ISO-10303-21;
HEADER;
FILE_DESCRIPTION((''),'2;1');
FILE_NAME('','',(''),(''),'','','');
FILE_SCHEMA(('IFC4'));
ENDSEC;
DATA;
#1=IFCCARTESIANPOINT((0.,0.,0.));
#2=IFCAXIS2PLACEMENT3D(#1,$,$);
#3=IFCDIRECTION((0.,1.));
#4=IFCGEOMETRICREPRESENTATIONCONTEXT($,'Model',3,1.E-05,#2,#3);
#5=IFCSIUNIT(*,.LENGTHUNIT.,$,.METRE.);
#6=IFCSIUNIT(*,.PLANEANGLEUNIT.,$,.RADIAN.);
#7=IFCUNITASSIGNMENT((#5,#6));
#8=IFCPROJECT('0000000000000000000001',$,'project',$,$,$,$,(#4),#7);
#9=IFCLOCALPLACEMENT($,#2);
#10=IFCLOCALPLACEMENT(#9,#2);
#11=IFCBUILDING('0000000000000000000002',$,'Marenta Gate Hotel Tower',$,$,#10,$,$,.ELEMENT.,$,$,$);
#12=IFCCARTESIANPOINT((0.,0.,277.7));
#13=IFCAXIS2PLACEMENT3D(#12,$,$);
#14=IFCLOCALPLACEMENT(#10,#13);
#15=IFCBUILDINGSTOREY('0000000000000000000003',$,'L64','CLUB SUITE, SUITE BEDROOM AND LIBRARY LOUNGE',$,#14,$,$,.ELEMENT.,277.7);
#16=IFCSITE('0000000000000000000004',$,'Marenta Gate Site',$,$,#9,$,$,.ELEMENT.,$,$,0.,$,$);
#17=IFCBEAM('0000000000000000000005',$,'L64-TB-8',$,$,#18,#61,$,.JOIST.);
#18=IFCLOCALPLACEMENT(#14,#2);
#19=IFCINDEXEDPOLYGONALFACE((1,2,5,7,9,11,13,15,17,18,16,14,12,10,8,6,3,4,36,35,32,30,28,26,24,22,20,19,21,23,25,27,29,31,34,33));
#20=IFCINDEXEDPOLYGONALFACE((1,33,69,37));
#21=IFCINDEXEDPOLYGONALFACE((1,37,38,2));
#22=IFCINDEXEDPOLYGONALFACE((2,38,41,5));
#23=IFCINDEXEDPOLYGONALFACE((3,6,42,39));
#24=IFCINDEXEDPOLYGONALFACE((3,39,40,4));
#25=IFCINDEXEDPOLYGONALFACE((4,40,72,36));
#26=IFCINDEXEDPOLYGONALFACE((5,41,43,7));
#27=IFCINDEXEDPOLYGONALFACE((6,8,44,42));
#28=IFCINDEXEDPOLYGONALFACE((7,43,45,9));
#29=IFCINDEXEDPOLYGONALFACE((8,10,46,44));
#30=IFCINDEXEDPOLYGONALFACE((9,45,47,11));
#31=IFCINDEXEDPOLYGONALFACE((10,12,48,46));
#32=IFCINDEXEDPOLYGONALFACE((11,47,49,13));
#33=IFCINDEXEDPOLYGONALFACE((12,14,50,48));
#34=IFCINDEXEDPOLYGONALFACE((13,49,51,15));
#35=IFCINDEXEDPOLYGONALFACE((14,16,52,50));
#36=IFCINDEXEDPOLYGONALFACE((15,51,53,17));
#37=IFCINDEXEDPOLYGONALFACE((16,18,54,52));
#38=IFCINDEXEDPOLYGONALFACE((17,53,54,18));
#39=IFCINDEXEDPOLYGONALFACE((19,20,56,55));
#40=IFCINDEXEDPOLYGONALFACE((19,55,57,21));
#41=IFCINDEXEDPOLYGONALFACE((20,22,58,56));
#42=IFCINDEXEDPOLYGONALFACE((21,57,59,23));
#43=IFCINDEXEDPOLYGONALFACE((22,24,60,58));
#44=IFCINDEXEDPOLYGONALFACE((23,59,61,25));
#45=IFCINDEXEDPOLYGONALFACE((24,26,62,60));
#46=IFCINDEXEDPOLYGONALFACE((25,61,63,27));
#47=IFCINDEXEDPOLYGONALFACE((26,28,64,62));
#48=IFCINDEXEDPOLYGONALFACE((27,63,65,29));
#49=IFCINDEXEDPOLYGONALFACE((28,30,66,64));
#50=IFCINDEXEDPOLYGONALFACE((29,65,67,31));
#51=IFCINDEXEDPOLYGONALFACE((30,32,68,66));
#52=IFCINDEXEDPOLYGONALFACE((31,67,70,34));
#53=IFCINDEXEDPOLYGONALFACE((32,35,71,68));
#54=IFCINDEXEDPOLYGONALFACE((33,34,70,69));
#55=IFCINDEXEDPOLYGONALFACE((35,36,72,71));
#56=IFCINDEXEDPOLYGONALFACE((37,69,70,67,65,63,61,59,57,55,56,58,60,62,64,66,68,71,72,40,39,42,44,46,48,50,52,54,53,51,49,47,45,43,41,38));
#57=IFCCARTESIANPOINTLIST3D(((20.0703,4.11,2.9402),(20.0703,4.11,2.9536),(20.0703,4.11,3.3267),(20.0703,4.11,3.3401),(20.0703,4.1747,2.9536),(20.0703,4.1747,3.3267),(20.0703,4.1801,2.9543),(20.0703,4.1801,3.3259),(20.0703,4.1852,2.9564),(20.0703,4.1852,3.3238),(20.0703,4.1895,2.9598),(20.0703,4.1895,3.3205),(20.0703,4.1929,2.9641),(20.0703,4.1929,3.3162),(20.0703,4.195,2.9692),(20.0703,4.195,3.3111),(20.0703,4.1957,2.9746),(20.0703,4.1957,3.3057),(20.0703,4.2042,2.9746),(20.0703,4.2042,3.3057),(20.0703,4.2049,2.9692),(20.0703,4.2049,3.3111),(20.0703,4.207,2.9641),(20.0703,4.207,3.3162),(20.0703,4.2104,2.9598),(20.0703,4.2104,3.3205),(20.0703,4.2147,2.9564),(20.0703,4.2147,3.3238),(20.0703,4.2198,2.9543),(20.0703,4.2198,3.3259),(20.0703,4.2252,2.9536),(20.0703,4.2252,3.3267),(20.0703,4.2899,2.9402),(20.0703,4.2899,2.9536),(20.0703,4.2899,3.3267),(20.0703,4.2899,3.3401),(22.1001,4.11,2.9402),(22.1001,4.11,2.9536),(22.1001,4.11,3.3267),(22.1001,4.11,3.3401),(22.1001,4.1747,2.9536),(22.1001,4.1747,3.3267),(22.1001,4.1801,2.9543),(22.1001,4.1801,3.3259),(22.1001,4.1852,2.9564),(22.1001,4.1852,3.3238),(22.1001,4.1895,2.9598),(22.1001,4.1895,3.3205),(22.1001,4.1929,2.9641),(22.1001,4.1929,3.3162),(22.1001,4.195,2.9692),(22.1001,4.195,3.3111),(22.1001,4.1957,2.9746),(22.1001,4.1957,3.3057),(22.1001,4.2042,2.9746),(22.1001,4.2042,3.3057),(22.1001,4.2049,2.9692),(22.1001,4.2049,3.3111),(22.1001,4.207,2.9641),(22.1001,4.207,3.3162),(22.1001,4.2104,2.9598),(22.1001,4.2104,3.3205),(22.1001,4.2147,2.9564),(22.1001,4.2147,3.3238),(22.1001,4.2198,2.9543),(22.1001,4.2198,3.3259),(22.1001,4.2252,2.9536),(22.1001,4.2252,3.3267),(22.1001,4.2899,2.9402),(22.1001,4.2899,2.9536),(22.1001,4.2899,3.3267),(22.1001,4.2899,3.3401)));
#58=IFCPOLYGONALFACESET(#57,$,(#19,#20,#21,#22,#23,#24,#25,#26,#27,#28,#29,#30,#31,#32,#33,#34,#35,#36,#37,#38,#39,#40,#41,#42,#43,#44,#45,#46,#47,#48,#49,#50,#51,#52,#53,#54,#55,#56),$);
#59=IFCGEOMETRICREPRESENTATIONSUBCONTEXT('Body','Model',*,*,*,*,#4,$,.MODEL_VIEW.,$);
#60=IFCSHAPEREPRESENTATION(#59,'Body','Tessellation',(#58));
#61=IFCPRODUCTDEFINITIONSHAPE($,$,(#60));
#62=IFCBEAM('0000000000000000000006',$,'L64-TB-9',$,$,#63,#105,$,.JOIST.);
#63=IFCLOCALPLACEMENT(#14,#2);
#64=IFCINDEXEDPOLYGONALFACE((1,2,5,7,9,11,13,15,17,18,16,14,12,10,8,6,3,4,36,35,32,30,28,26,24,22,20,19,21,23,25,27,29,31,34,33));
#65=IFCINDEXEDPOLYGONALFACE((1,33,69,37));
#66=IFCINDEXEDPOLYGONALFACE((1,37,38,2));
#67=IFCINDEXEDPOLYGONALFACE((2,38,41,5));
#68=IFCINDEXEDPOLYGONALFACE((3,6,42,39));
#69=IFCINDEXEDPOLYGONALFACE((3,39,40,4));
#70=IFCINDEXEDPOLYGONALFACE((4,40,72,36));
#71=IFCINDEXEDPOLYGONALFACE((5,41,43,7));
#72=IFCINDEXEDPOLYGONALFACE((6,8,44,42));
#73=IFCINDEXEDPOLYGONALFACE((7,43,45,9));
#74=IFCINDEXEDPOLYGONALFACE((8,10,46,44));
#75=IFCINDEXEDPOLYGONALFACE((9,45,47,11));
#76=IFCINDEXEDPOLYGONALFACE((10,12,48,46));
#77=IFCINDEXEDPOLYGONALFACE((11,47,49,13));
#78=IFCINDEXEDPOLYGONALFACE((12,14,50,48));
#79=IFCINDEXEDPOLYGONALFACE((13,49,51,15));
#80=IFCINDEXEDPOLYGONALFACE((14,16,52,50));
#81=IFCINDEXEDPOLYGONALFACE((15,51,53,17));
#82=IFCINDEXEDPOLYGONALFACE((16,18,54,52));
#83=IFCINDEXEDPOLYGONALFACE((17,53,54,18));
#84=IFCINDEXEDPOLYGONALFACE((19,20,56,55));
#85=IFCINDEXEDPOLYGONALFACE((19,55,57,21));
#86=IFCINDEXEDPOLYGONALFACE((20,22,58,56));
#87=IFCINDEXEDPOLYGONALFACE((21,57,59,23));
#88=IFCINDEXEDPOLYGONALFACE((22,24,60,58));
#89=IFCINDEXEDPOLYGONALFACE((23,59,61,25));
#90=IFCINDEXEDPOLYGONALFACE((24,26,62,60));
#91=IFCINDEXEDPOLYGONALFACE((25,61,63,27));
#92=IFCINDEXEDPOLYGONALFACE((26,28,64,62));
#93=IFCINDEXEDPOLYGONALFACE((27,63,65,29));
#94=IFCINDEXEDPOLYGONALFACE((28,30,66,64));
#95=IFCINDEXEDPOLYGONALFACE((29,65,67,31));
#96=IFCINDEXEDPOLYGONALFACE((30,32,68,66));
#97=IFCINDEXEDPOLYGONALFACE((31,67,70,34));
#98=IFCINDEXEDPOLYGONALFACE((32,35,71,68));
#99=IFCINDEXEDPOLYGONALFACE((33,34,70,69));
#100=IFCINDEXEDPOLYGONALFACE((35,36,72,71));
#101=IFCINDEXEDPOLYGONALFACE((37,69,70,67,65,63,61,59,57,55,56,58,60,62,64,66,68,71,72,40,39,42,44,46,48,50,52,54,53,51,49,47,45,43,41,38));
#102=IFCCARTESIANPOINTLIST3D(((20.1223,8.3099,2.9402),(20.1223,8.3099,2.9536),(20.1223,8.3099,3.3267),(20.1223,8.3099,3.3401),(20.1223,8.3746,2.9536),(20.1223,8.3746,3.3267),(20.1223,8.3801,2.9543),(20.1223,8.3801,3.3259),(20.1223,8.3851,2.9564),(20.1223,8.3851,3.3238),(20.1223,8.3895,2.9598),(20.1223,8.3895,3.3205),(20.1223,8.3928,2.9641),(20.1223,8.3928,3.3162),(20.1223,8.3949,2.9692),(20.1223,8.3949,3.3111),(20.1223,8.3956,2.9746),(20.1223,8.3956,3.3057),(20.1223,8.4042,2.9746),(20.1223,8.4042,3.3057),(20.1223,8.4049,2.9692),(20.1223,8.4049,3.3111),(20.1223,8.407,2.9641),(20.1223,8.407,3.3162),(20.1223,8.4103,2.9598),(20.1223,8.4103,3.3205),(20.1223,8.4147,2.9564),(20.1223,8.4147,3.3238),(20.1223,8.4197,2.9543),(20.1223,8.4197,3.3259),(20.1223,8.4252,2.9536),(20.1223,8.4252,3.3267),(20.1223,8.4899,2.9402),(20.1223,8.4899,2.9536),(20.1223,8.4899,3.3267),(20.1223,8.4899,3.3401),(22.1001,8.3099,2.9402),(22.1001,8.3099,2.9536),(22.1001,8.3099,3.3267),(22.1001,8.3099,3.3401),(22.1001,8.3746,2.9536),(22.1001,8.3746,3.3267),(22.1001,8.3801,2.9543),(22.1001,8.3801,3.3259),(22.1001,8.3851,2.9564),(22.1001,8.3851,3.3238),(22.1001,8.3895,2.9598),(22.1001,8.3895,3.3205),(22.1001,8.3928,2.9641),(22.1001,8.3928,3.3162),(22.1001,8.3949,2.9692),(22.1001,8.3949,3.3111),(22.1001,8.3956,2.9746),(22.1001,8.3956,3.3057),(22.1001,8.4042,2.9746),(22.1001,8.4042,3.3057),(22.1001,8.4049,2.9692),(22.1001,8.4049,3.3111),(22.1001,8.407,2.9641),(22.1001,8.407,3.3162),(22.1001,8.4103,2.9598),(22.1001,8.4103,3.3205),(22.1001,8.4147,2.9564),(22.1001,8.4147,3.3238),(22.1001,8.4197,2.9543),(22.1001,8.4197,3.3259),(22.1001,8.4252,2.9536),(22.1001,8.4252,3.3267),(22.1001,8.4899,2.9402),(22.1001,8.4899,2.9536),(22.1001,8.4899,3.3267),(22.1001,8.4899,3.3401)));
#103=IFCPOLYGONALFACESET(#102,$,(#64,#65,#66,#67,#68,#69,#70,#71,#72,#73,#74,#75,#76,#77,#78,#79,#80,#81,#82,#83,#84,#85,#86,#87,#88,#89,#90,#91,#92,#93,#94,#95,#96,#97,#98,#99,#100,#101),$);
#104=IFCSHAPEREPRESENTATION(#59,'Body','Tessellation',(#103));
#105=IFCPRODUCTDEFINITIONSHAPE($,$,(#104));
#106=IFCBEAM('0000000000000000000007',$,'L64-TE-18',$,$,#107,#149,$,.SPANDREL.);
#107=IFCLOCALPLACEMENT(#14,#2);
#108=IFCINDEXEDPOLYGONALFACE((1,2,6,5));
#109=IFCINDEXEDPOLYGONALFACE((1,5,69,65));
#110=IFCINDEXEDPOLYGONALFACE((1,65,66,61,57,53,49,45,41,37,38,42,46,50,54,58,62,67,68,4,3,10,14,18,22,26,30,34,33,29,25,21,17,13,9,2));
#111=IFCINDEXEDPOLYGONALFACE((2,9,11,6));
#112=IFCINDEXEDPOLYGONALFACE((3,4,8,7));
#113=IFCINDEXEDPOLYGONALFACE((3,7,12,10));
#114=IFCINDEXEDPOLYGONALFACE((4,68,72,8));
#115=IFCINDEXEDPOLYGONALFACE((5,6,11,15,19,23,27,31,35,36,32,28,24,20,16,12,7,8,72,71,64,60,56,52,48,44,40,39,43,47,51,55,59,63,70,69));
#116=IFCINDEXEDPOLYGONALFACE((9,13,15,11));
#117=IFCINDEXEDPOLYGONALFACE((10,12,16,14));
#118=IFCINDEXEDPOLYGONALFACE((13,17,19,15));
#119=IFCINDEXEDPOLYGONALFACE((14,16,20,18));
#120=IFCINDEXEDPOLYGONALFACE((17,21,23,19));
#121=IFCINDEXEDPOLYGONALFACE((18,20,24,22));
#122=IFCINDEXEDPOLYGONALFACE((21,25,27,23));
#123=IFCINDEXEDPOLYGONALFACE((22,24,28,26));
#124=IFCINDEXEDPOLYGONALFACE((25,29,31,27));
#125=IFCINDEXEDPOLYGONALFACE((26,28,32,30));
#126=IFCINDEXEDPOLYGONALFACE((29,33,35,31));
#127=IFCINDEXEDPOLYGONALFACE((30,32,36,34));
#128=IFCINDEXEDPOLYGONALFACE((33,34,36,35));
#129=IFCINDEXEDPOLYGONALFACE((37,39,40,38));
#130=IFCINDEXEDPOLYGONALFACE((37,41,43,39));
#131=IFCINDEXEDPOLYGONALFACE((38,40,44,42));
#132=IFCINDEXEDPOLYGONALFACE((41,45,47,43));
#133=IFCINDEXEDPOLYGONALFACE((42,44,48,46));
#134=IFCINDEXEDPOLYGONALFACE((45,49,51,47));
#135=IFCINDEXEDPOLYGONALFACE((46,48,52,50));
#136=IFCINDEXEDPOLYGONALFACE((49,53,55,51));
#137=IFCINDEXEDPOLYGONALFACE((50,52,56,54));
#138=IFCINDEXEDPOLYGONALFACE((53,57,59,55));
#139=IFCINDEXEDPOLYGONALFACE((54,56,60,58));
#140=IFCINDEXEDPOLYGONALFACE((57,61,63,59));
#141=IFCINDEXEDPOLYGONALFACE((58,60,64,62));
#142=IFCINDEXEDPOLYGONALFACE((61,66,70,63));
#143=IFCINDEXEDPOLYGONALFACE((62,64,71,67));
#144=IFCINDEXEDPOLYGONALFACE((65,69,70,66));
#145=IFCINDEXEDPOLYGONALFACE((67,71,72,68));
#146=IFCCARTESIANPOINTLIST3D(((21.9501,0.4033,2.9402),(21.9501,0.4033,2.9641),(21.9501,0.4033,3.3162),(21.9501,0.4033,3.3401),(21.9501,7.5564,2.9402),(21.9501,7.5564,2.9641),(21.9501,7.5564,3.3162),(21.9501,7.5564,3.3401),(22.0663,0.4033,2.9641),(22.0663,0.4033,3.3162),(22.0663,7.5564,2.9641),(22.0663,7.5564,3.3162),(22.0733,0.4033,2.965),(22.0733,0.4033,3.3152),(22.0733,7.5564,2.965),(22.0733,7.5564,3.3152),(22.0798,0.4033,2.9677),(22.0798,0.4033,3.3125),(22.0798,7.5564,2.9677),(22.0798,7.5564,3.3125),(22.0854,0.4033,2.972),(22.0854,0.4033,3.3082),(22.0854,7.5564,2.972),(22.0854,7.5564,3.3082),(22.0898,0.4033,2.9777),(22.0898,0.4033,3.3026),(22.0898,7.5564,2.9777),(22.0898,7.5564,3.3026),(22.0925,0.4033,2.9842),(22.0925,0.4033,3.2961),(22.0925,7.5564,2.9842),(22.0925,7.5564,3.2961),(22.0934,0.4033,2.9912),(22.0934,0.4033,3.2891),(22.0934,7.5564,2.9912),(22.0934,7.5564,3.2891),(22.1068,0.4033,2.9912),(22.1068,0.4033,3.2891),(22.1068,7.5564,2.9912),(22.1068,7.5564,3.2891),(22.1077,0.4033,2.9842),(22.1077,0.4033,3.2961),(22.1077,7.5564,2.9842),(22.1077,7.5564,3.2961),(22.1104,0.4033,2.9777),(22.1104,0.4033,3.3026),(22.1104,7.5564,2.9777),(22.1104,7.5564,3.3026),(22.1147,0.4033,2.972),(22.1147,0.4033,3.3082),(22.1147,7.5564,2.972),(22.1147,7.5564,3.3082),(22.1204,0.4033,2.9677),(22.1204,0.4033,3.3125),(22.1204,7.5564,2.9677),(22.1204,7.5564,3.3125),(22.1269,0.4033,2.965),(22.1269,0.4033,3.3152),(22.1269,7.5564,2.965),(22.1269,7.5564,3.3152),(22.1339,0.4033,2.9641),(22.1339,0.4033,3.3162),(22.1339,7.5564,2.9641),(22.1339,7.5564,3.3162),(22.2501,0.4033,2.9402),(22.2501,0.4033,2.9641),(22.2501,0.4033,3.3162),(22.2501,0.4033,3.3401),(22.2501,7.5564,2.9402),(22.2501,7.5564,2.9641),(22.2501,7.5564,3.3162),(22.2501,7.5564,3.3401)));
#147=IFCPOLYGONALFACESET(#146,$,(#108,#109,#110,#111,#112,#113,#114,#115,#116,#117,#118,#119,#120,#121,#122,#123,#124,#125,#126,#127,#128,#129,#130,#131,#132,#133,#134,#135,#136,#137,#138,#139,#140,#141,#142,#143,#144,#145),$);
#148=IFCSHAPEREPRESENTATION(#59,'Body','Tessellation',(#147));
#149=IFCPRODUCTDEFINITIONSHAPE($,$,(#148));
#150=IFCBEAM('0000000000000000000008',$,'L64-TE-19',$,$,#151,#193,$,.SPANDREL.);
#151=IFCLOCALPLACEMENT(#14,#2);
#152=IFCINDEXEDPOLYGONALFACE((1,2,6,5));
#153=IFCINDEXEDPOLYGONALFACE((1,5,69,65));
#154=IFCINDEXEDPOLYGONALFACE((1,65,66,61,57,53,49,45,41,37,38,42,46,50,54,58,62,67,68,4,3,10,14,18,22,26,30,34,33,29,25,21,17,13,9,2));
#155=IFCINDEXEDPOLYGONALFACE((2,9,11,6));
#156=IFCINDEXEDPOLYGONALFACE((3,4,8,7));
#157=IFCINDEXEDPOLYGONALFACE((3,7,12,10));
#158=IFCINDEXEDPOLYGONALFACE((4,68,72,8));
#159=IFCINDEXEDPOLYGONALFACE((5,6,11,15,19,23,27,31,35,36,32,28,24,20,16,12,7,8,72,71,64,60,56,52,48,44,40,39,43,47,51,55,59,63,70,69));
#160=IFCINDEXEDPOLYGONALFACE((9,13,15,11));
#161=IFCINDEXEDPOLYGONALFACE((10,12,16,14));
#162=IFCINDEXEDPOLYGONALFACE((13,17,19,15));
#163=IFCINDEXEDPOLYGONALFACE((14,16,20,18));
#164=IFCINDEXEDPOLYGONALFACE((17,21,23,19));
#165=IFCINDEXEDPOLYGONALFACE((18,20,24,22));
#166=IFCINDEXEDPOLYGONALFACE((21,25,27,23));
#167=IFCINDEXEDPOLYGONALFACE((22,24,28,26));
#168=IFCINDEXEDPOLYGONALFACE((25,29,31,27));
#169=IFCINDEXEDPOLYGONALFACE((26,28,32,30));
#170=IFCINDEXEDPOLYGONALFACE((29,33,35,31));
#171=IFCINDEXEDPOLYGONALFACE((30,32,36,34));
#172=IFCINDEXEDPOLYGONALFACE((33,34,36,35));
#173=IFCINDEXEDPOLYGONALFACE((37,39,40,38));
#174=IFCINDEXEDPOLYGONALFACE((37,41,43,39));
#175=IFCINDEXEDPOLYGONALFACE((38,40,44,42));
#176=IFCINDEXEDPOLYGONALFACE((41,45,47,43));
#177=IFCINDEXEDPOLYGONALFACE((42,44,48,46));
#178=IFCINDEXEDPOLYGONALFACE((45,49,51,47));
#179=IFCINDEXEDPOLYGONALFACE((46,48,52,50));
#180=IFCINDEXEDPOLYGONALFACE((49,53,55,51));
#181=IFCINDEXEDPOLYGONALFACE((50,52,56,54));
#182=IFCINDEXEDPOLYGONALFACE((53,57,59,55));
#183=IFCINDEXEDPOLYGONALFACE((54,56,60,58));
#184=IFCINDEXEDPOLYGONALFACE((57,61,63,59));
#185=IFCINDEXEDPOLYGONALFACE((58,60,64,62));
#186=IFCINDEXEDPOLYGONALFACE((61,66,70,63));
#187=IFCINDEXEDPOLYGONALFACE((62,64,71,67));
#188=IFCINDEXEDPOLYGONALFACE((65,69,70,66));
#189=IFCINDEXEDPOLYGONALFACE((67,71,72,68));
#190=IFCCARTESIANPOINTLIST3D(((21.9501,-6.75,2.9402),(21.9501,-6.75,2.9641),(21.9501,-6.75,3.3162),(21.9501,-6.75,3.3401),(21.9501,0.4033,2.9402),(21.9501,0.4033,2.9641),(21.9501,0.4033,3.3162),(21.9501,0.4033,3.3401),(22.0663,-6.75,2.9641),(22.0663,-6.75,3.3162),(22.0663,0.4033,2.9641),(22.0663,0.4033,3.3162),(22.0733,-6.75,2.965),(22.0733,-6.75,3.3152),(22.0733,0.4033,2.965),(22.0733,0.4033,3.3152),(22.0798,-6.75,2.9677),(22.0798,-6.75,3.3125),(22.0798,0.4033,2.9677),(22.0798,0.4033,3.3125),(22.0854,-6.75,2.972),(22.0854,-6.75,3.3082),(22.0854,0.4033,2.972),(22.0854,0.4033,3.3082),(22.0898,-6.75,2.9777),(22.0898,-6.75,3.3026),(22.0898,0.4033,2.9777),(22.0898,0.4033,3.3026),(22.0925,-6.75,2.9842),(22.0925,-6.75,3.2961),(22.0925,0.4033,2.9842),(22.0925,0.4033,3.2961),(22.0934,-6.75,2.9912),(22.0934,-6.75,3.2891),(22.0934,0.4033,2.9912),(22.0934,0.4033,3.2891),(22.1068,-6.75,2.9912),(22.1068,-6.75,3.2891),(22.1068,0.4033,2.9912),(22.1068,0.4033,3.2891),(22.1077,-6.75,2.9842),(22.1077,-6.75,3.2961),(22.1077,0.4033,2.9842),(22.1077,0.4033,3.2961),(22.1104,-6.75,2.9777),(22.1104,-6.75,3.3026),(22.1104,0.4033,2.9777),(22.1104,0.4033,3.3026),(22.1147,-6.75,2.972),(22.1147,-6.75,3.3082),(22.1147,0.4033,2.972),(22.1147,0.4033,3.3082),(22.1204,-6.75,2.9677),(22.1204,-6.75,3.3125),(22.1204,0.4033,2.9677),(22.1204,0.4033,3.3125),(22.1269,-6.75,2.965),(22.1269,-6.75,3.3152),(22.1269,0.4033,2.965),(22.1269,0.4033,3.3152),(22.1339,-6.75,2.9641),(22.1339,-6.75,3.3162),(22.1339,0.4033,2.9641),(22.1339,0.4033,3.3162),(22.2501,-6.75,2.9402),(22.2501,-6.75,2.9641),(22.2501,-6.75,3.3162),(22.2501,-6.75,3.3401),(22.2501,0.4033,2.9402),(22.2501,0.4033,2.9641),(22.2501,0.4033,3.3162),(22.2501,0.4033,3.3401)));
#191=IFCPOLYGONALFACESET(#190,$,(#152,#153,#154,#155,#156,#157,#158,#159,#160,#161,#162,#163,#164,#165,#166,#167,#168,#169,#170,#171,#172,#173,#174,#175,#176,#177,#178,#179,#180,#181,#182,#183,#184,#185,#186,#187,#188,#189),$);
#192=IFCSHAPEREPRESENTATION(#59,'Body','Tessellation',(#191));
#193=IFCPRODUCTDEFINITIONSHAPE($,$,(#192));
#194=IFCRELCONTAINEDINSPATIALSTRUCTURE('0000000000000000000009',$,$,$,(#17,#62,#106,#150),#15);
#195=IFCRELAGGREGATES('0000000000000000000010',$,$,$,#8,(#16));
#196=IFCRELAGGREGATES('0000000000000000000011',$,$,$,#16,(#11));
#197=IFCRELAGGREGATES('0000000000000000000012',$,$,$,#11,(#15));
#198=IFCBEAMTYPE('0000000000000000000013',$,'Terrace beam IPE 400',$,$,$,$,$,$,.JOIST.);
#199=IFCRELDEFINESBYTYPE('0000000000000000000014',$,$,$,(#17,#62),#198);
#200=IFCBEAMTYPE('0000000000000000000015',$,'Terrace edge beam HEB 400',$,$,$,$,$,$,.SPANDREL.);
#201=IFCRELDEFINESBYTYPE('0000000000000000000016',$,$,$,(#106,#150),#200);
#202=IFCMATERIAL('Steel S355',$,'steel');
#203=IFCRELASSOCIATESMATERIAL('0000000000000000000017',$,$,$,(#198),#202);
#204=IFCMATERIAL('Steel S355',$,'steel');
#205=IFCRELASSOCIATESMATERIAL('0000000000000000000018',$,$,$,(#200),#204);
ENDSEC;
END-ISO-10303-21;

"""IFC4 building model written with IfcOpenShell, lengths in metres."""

from ifc_helpers import new_model, si_unit, direction, frame, origin, origin_2d, place, context, subcontext, project, spatial, i_section, extrude, material, material_profile, profile_set, type_object, element, save


model = new_model("IFC4")

# Units and contexts
model_context = context("Model", 3, precision=1e-05, world=origin(), true_north=direction((0.0, 1.0)))
body_context = subcontext(model_context, "Body", "Model", "MODEL_VIEW")
ifc_project = project(units=[si_unit("LENGTHUNIT", "METRE"), si_unit("PLANEANGLEUNIT", "RADIAN")], contexts=[model_context])

# Site, building, storey
site_placement = place(None, origin())
site = spatial("IfcSite", under=ifc_project, at=site_placement, Name="Marenta Gate Site", CompositionType="ELEMENT", RefElevation=0.0)
building_placement = place(site_placement, origin())
building = spatial("IfcBuilding", under=site, at=building_placement, Name="Marenta Gate Hotel Tower", CompositionType="ELEMENT")
storey_placement = place(building_placement, frame((0.0, 0.0, 277.7)))
storey = spatial("IfcBuildingStorey", under=building, at=storey_placement, Name="L64", Description="CLUB SUITE, SUITE BEDROOM AND LIBRARY LOUNGE", CompositionType="ELEMENT", Elevation=277.7)

# Beams
ifc_material_1 = material(Name="Steel S355", Category="steel")
ifc_material_profile_1 = material_profile(ifc_material_1, i_section(OverallWidth=0.1799, OverallDepth=0.3999, WebThickness=0.0085, FlangeThickness=0.0134, FilletRadius=0.021, at=origin_2d()), Name="IPE 400")
ifc_profile_set_1 = profile_set([ifc_material_profile_1], Name="Steel S355")
beam_type_1 = type_object("IfcBeamType", Name="Terrace beam IPE 400", PredefinedType="JOIST", material=ifc_profile_set_1)
beam_1_placement = place(storey_placement, frame((20.0703, 4.2, 3.1401), z_axis=(1.0, 0.0, 0.0), x_axis=(0.0, 1.0, 0.0)))
element("IfcBeam", 1, at=beam_1_placement, inside=storey, type_object=beam_type_1, Name="L64-TB-8", PredefinedType="JOIST", context=body_context, shape_type="SweptSolid", body=[
    extrude(i_section(OverallWidth=0.1799, OverallDepth=0.3999, WebThickness=0.0085, FlangeThickness=0.0134, FilletRadius=0.021, at=origin_2d()), origin(), (0.0, 0.0, 1.0), 2.0298),
])
beam_2_placement = place(storey_placement, frame((20.1223, 8.3999, 3.1401), z_axis=(1.0, 0.0, 0.0), x_axis=(0.0, 1.0, 0.0)))
element("IfcBeam", 2, at=beam_2_placement, inside=storey, type_object=beam_type_1, Name="L64-TB-9", PredefinedType="JOIST", context=body_context, shape_type="SweptSolid", body=[
    extrude(i_section(OverallWidth=0.1799, OverallDepth=0.3999, WebThickness=0.0085, FlangeThickness=0.0134, FilletRadius=0.021, at=origin_2d()), origin(), (0.0, 0.0, 1.0), 1.9778),
])
ifc_material_2 = material(Name="Steel S355", Category="steel")
ifc_material_profile_2 = material_profile(ifc_material_2, i_section(OverallWidth=0.3, OverallDepth=0.3999, WebThickness=0.0134, FlangeThickness=0.0239, FilletRadius=0.0271, at=origin_2d()), Name="HEB 400")
ifc_profile_set_2 = profile_set([ifc_material_profile_2], Name="Steel S355")
beam_type_2 = type_object("IfcBeamType", Name="Terrace edge beam HEB 400", PredefinedType="SPANDREL", material=ifc_profile_set_2)
beam_3_placement = place(storey_placement, frame((22.1001, 7.5564, 3.1401), z_axis=(0.0, -1.0, 0.0), x_axis=(1.0, 0.0, 0.0)))
element("IfcBeam", 3, at=beam_3_placement, inside=storey, type_object=beam_type_2, Name="L64-TE-18", PredefinedType="SPANDREL", context=body_context, shape_type="SweptSolid", body=[
    extrude(i_section(OverallWidth=0.3, OverallDepth=0.3999, WebThickness=0.0134, FlangeThickness=0.0239, FilletRadius=0.0271, at=origin_2d()), origin(), (0.0, 0.0, 1.0), 7.1531),
])
beam_4_placement = place(storey_placement, frame((22.1001, 0.4033, 3.1401), z_axis=(0.0, -1.0, 0.0), x_axis=(1.0, 0.0, 0.0)))
element("IfcBeam", 4, at=beam_4_placement, inside=storey, type_object=beam_type_2, Name="L64-TE-19", PredefinedType="SPANDREL", context=body_context, shape_type="SweptSolid", body=[
    extrude(i_section(OverallWidth=0.3, OverallDepth=0.3999, WebThickness=0.0134, FlangeThickness=0.0239, FilletRadius=0.0271, at=origin_2d()), origin(), (0.0, 0.0, 1.0), 7.1533),
])

save(model, "model.ifc")
